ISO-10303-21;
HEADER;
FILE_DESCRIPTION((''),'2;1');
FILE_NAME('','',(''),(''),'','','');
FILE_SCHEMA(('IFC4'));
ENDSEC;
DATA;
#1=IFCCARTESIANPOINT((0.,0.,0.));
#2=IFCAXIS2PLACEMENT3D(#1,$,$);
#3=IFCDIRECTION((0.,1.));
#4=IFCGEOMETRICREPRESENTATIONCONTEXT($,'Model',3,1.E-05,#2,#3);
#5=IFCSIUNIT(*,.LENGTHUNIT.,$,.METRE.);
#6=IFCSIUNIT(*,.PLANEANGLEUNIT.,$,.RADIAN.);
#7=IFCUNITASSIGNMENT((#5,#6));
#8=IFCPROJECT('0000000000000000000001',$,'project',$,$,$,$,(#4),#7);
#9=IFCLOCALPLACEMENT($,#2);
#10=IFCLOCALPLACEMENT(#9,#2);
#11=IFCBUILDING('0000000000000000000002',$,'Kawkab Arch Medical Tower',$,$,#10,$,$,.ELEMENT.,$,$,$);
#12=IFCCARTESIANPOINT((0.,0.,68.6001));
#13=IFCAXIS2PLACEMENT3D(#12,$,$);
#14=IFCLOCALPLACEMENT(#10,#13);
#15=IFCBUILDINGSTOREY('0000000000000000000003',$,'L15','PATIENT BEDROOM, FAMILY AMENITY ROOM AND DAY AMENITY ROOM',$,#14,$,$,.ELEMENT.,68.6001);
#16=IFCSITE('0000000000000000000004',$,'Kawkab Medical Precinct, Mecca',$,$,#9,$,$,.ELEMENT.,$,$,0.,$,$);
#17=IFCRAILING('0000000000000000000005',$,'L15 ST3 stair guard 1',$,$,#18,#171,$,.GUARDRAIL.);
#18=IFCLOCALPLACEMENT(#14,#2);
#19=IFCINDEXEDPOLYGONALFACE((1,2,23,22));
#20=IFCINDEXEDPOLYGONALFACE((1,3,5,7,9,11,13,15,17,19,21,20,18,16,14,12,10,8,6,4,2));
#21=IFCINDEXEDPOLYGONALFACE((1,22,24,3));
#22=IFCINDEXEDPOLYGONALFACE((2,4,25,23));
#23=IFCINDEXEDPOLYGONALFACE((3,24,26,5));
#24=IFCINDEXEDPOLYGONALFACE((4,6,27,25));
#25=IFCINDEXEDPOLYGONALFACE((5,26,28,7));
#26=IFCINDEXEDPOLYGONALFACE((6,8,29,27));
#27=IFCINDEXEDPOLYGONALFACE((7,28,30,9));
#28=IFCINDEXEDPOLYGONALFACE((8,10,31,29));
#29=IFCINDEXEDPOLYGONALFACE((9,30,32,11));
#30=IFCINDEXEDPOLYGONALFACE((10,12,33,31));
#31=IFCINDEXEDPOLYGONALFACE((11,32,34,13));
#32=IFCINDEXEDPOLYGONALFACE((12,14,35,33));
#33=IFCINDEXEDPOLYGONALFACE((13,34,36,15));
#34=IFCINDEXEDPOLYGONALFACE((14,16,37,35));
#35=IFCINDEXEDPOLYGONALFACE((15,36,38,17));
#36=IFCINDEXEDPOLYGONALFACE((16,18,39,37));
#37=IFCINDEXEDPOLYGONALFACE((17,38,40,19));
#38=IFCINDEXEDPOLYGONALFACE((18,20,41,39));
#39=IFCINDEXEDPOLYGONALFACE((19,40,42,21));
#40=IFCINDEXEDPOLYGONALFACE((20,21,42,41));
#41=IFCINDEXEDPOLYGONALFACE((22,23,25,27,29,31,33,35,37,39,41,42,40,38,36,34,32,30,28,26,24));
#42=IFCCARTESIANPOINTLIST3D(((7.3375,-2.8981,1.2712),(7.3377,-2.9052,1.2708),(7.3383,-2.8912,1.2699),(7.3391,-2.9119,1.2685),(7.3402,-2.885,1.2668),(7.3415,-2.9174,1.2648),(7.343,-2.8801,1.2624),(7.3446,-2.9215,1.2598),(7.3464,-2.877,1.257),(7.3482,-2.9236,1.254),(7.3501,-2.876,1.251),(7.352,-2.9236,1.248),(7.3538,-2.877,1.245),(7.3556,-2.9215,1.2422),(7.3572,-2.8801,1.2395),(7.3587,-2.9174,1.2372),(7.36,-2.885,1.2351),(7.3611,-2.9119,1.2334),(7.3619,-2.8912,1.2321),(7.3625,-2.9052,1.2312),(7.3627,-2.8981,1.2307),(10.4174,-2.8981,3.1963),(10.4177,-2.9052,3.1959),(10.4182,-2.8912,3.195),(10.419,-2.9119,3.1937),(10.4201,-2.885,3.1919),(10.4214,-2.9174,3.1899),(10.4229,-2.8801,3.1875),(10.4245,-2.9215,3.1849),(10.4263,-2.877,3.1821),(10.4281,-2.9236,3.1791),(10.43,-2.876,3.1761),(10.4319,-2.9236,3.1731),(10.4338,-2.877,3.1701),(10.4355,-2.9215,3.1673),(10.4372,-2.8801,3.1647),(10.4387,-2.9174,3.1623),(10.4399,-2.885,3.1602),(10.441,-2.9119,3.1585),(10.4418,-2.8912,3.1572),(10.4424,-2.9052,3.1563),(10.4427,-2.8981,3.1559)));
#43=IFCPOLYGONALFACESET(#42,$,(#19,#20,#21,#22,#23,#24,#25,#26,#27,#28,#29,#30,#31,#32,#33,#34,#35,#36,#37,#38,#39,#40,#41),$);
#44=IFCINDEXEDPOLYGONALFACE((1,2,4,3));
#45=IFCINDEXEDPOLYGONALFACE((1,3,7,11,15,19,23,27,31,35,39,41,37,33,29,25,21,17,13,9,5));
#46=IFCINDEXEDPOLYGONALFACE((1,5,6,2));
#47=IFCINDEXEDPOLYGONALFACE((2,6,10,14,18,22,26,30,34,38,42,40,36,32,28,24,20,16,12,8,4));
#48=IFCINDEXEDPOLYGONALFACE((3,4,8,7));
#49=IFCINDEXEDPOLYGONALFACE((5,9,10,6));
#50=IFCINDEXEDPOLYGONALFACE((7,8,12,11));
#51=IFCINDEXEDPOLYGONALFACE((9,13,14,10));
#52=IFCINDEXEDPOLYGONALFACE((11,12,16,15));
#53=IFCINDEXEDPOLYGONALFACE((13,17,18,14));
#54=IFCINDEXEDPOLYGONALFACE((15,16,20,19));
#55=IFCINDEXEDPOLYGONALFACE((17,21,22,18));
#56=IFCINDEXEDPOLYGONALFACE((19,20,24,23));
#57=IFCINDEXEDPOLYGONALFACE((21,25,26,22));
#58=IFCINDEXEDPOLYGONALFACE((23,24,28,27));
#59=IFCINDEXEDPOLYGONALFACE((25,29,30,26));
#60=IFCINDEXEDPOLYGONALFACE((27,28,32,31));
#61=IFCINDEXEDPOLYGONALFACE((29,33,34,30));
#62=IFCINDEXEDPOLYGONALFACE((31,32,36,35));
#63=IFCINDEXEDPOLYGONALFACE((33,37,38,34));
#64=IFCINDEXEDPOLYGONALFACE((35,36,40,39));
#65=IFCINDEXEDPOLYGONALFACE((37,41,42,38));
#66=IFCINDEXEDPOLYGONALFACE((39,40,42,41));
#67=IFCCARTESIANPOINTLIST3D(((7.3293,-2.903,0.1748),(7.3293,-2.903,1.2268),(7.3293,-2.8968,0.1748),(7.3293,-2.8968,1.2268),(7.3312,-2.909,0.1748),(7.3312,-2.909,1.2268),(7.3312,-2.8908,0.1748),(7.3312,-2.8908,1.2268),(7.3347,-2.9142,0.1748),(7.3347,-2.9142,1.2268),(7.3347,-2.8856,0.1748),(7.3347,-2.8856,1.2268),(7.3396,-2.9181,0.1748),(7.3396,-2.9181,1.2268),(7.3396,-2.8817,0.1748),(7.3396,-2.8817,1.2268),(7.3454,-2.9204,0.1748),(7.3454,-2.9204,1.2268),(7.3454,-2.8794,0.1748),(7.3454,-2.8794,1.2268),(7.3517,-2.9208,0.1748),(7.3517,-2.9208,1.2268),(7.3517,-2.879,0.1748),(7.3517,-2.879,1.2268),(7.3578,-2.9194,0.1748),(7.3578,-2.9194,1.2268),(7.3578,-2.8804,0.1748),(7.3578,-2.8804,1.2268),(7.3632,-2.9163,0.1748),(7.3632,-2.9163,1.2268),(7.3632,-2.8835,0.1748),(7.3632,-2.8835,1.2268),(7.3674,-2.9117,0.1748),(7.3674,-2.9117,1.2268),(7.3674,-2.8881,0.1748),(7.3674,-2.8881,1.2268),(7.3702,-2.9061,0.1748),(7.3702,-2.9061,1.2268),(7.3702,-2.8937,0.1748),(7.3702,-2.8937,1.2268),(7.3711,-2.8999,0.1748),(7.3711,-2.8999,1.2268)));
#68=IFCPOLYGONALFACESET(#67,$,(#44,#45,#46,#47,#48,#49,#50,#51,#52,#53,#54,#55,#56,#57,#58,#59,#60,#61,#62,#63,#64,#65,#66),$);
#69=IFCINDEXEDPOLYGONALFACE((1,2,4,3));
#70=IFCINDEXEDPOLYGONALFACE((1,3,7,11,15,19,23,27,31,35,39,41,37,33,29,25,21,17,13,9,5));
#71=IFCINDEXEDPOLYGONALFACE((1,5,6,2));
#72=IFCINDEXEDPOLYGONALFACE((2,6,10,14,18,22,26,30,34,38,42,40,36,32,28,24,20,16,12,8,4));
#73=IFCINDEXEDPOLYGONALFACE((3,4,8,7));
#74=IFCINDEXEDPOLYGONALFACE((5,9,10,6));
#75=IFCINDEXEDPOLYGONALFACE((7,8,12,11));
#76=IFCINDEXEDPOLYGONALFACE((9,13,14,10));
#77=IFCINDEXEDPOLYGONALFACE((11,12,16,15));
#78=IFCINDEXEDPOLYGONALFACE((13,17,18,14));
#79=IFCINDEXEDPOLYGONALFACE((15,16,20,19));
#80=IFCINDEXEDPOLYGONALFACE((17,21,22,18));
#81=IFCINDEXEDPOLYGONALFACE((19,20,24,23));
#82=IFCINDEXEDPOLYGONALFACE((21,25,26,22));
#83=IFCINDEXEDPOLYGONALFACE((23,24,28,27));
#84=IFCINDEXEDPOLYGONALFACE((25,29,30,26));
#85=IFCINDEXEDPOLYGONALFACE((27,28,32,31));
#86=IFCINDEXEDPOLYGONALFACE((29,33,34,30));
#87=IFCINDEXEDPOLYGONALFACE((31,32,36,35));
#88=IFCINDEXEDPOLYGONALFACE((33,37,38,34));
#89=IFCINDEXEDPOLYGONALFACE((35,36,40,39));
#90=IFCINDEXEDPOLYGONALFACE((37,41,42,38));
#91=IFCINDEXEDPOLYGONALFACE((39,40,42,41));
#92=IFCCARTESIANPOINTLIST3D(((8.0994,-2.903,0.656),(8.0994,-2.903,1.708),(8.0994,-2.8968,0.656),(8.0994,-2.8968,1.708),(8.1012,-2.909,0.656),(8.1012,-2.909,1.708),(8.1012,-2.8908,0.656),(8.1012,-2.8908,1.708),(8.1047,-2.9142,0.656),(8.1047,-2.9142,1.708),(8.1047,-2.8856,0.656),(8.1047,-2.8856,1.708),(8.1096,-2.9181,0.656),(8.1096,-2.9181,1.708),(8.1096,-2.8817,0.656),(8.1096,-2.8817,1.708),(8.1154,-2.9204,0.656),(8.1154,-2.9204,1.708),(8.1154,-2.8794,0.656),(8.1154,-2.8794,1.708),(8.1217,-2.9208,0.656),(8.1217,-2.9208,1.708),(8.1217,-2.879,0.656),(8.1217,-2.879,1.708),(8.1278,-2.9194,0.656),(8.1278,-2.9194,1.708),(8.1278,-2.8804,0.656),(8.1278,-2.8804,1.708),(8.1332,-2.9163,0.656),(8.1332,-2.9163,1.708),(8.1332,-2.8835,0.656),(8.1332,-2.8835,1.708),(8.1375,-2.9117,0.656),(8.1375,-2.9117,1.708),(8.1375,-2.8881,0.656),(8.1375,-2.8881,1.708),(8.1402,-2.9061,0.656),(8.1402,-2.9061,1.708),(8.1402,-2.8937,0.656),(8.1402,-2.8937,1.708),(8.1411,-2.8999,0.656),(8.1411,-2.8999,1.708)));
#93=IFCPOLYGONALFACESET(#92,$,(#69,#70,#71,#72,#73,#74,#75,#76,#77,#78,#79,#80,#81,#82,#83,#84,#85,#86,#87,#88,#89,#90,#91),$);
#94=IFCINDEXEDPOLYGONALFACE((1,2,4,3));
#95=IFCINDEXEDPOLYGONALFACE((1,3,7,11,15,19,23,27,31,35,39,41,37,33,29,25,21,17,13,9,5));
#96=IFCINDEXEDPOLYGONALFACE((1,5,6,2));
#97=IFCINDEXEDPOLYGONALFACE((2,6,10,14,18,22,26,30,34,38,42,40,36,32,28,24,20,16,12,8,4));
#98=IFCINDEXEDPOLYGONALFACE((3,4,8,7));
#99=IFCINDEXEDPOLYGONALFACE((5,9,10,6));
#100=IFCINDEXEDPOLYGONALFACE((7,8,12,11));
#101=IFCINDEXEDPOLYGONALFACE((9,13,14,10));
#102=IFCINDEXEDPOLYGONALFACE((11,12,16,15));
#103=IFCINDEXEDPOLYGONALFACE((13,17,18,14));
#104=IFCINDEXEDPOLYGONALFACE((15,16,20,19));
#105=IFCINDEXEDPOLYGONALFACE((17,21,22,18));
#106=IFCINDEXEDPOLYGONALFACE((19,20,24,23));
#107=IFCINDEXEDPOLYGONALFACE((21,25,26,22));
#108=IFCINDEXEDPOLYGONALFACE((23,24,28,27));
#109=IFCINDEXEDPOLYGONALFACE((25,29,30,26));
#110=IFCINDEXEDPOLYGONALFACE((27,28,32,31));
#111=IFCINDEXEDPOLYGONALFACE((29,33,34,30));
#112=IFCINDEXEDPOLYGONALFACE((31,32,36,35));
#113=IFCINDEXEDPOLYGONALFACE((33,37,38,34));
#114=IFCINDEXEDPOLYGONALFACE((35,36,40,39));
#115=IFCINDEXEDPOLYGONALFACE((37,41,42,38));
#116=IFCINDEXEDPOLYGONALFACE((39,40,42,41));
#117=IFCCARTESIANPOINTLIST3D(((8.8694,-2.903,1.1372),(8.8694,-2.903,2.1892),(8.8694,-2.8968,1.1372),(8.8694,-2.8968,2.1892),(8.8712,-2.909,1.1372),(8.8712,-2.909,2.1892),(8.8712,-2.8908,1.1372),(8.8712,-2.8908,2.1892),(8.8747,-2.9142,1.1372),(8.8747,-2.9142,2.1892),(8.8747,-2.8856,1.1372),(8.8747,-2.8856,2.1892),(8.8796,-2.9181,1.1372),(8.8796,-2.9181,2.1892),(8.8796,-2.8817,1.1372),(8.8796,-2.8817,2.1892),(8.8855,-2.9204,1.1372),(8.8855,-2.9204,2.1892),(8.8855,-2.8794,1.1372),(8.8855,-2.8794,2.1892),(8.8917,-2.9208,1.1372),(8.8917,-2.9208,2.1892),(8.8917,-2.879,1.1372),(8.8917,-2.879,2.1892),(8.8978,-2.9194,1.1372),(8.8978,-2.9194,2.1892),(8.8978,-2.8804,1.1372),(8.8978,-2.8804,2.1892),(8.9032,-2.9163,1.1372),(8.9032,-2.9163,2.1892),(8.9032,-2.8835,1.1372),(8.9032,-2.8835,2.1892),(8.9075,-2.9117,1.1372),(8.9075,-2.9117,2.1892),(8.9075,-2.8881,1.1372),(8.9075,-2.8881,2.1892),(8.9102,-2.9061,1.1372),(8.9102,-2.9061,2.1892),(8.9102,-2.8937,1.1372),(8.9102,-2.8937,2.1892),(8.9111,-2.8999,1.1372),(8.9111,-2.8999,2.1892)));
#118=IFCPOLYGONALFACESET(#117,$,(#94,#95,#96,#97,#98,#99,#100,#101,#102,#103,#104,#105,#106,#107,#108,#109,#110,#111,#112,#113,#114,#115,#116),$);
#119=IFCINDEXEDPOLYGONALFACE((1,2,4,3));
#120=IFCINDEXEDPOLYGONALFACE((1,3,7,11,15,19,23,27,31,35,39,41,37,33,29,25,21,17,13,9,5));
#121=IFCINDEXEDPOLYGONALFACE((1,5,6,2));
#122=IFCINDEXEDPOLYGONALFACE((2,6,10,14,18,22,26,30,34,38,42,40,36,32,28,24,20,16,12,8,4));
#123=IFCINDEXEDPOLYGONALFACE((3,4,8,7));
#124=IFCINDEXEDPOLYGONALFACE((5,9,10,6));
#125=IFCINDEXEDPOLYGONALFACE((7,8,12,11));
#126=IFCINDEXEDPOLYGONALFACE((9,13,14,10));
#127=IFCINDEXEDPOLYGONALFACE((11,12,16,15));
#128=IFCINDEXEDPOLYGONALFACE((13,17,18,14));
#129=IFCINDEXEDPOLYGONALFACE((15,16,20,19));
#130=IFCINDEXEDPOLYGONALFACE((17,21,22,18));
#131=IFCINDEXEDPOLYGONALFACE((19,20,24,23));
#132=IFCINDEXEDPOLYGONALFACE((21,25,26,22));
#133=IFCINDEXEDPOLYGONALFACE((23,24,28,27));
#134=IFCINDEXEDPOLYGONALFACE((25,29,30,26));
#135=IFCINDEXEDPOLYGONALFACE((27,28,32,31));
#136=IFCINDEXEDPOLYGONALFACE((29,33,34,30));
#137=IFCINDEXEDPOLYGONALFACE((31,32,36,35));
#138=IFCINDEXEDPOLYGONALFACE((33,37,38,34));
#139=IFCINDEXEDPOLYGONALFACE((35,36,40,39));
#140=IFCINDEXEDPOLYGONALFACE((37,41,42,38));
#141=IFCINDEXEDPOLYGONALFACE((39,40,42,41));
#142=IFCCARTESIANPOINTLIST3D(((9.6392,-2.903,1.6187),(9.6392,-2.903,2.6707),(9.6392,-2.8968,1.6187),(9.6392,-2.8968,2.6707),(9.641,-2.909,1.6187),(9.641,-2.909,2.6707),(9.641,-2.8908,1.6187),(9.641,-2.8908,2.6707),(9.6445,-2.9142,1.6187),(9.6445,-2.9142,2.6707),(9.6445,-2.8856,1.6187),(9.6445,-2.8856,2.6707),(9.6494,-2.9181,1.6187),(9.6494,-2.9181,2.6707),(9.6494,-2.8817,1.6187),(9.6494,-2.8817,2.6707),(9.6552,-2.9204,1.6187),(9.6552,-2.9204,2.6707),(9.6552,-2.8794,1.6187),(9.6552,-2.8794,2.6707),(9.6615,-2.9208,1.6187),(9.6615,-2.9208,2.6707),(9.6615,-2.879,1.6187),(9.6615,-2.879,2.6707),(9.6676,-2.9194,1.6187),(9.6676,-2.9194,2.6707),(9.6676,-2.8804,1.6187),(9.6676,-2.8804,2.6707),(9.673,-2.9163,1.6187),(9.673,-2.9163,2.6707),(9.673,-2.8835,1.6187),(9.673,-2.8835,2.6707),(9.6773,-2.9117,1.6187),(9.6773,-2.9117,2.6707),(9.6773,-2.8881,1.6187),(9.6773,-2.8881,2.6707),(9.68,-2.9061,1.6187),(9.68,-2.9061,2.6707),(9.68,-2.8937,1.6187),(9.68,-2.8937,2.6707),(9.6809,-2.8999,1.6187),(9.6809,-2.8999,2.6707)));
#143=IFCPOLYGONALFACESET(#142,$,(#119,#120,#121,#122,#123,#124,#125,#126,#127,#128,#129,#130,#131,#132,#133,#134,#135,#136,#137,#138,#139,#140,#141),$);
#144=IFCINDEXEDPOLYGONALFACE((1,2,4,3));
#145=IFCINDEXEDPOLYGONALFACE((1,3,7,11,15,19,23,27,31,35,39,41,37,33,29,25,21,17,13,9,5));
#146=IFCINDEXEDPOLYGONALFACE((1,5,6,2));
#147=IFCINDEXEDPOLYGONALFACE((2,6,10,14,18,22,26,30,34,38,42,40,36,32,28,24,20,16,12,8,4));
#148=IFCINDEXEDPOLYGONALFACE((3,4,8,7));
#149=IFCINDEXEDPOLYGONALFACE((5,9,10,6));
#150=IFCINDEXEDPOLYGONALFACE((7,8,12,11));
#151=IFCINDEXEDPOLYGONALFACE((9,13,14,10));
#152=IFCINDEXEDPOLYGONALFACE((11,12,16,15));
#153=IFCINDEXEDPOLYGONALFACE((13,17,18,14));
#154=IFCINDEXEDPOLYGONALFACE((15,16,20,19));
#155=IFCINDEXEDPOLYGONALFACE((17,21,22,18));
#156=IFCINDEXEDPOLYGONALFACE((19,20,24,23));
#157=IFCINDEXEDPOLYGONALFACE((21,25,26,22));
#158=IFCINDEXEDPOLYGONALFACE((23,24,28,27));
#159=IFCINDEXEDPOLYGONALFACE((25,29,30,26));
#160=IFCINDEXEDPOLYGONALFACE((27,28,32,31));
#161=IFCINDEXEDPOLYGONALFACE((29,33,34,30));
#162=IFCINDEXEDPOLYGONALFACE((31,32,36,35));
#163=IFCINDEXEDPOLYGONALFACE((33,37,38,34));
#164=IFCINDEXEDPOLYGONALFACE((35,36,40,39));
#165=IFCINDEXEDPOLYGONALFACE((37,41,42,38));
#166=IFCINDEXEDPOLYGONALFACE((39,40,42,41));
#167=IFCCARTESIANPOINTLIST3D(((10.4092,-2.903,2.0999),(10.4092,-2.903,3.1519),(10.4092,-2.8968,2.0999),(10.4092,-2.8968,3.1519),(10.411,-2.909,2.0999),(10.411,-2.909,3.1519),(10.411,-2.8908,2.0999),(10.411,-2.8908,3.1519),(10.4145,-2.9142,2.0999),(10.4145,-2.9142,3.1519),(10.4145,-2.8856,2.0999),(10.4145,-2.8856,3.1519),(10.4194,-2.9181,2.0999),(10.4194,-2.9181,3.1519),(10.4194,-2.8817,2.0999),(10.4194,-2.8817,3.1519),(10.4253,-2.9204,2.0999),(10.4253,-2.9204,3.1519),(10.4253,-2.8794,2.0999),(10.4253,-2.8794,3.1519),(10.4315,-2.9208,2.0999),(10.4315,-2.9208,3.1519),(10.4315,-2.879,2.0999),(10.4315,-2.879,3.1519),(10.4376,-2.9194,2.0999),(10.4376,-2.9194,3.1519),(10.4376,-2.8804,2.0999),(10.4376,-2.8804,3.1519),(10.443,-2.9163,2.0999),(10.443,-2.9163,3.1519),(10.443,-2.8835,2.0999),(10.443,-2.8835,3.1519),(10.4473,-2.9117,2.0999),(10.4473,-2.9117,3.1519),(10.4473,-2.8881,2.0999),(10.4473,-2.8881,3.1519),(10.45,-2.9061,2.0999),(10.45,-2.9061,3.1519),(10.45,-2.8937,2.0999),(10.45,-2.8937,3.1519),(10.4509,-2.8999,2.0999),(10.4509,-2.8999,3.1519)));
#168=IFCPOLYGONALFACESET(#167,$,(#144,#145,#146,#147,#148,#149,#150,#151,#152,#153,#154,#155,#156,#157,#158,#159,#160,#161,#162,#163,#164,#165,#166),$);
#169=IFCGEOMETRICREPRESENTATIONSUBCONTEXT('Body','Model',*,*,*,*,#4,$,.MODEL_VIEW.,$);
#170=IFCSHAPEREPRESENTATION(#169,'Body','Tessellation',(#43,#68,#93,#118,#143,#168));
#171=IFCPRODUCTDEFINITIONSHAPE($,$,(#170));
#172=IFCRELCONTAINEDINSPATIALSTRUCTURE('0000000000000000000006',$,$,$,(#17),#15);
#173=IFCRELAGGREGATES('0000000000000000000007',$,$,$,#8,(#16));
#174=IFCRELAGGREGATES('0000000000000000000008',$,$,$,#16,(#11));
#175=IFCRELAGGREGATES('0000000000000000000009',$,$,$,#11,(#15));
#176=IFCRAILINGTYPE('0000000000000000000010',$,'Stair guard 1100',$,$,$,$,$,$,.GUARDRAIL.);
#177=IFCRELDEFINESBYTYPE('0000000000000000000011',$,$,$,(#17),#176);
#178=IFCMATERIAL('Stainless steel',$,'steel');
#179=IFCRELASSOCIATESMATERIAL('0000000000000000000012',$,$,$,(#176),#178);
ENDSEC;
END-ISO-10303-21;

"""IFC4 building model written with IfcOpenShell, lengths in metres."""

from ifc_helpers import new_model, si_unit, direction, frame, origin, origin_2d, place, context, subcontext, project, spatial, circle, extrude, material, type_object, element, save


model = new_model("IFC4")

# Units and contexts
model_context = context("Model", 3, precision=1e-05, world=origin(), true_north=direction((0.0, 1.0)))
body_context = subcontext(model_context, "Body", "Model", "MODEL_VIEW")
ifc_project = project(units=[si_unit("LENGTHUNIT", "METRE"), si_unit("PLANEANGLEUNIT", "RADIAN")], contexts=[model_context])

# Site, building, storey
site_placement = place(None, origin())
site = spatial("IfcSite", under=ifc_project, at=site_placement, Name="Kawkab Medical Precinct, Mecca", CompositionType="ELEMENT", RefElevation=0.0)
building_placement = place(site_placement, origin())
building = spatial("IfcBuilding", under=site, at=building_placement, Name="Kawkab Arch Medical Tower", CompositionType="ELEMENT")
storey_placement = place(building_placement, frame((0.0, 0.0, 68.6001)))
storey = spatial("IfcBuildingStorey", under=building, at=storey_placement, Name="L15", Description="PATIENT BEDROOM, FAMILY AMENITY ROOM AND DAY AMENITY ROOM", CompositionType="ELEMENT", Elevation=68.6001)

# Railing
ifc_material_1 = material(Name="Stainless steel", Category="steel")
railing_type_1 = type_object("IfcRailingType", Name="Stair guard 1100", PredefinedType="GUARDRAIL", material=ifc_material_1)
railing_1_placement = place(storey_placement, frame((7.3501, -2.8999, 0.1748)))
element("IfcRailing", 1, at=railing_1_placement, inside=storey, type_object=railing_type_1, Name="L15 ST3 stair guard 1", PredefinedType="GUARDRAIL", context=body_context, shape_type="SweptSolid", body=[
    extrude(circle(Radius=0.0239, at=origin_2d()), frame((0.0, 0.0, 1.0762), z_axis=(0.847979, 0.0, 0.530029), x_axis=(0.0, 1.0, 0.0)), (0.0, 0.0, 1.0), 3.6321),
    extrude(circle(Radius=0.021, at=origin_2d()), origin(), (0.0, 0.0, 1.0), 1.052),
    extrude(circle(Radius=0.021, at=origin_2d()), frame((0.77, 0.0, 0.4812)), (0.0, 0.0, 1.0), 1.052),
    extrude(circle(Radius=0.021, at=origin_2d()), frame((1.54, 0.0, 0.9624)), (0.0, 0.0, 1.0), 1.052),
    extrude(circle(Radius=0.021, at=origin_2d()), frame((2.3098, 0.0, 1.4438)), (0.0, 0.0, 1.0), 1.052),
    extrude(circle(Radius=0.021, at=origin_2d()), frame((3.0798, 0.0, 1.925)), (0.0, 0.0, 1.0), 1.052),
])

save(model, "model.ifc")
